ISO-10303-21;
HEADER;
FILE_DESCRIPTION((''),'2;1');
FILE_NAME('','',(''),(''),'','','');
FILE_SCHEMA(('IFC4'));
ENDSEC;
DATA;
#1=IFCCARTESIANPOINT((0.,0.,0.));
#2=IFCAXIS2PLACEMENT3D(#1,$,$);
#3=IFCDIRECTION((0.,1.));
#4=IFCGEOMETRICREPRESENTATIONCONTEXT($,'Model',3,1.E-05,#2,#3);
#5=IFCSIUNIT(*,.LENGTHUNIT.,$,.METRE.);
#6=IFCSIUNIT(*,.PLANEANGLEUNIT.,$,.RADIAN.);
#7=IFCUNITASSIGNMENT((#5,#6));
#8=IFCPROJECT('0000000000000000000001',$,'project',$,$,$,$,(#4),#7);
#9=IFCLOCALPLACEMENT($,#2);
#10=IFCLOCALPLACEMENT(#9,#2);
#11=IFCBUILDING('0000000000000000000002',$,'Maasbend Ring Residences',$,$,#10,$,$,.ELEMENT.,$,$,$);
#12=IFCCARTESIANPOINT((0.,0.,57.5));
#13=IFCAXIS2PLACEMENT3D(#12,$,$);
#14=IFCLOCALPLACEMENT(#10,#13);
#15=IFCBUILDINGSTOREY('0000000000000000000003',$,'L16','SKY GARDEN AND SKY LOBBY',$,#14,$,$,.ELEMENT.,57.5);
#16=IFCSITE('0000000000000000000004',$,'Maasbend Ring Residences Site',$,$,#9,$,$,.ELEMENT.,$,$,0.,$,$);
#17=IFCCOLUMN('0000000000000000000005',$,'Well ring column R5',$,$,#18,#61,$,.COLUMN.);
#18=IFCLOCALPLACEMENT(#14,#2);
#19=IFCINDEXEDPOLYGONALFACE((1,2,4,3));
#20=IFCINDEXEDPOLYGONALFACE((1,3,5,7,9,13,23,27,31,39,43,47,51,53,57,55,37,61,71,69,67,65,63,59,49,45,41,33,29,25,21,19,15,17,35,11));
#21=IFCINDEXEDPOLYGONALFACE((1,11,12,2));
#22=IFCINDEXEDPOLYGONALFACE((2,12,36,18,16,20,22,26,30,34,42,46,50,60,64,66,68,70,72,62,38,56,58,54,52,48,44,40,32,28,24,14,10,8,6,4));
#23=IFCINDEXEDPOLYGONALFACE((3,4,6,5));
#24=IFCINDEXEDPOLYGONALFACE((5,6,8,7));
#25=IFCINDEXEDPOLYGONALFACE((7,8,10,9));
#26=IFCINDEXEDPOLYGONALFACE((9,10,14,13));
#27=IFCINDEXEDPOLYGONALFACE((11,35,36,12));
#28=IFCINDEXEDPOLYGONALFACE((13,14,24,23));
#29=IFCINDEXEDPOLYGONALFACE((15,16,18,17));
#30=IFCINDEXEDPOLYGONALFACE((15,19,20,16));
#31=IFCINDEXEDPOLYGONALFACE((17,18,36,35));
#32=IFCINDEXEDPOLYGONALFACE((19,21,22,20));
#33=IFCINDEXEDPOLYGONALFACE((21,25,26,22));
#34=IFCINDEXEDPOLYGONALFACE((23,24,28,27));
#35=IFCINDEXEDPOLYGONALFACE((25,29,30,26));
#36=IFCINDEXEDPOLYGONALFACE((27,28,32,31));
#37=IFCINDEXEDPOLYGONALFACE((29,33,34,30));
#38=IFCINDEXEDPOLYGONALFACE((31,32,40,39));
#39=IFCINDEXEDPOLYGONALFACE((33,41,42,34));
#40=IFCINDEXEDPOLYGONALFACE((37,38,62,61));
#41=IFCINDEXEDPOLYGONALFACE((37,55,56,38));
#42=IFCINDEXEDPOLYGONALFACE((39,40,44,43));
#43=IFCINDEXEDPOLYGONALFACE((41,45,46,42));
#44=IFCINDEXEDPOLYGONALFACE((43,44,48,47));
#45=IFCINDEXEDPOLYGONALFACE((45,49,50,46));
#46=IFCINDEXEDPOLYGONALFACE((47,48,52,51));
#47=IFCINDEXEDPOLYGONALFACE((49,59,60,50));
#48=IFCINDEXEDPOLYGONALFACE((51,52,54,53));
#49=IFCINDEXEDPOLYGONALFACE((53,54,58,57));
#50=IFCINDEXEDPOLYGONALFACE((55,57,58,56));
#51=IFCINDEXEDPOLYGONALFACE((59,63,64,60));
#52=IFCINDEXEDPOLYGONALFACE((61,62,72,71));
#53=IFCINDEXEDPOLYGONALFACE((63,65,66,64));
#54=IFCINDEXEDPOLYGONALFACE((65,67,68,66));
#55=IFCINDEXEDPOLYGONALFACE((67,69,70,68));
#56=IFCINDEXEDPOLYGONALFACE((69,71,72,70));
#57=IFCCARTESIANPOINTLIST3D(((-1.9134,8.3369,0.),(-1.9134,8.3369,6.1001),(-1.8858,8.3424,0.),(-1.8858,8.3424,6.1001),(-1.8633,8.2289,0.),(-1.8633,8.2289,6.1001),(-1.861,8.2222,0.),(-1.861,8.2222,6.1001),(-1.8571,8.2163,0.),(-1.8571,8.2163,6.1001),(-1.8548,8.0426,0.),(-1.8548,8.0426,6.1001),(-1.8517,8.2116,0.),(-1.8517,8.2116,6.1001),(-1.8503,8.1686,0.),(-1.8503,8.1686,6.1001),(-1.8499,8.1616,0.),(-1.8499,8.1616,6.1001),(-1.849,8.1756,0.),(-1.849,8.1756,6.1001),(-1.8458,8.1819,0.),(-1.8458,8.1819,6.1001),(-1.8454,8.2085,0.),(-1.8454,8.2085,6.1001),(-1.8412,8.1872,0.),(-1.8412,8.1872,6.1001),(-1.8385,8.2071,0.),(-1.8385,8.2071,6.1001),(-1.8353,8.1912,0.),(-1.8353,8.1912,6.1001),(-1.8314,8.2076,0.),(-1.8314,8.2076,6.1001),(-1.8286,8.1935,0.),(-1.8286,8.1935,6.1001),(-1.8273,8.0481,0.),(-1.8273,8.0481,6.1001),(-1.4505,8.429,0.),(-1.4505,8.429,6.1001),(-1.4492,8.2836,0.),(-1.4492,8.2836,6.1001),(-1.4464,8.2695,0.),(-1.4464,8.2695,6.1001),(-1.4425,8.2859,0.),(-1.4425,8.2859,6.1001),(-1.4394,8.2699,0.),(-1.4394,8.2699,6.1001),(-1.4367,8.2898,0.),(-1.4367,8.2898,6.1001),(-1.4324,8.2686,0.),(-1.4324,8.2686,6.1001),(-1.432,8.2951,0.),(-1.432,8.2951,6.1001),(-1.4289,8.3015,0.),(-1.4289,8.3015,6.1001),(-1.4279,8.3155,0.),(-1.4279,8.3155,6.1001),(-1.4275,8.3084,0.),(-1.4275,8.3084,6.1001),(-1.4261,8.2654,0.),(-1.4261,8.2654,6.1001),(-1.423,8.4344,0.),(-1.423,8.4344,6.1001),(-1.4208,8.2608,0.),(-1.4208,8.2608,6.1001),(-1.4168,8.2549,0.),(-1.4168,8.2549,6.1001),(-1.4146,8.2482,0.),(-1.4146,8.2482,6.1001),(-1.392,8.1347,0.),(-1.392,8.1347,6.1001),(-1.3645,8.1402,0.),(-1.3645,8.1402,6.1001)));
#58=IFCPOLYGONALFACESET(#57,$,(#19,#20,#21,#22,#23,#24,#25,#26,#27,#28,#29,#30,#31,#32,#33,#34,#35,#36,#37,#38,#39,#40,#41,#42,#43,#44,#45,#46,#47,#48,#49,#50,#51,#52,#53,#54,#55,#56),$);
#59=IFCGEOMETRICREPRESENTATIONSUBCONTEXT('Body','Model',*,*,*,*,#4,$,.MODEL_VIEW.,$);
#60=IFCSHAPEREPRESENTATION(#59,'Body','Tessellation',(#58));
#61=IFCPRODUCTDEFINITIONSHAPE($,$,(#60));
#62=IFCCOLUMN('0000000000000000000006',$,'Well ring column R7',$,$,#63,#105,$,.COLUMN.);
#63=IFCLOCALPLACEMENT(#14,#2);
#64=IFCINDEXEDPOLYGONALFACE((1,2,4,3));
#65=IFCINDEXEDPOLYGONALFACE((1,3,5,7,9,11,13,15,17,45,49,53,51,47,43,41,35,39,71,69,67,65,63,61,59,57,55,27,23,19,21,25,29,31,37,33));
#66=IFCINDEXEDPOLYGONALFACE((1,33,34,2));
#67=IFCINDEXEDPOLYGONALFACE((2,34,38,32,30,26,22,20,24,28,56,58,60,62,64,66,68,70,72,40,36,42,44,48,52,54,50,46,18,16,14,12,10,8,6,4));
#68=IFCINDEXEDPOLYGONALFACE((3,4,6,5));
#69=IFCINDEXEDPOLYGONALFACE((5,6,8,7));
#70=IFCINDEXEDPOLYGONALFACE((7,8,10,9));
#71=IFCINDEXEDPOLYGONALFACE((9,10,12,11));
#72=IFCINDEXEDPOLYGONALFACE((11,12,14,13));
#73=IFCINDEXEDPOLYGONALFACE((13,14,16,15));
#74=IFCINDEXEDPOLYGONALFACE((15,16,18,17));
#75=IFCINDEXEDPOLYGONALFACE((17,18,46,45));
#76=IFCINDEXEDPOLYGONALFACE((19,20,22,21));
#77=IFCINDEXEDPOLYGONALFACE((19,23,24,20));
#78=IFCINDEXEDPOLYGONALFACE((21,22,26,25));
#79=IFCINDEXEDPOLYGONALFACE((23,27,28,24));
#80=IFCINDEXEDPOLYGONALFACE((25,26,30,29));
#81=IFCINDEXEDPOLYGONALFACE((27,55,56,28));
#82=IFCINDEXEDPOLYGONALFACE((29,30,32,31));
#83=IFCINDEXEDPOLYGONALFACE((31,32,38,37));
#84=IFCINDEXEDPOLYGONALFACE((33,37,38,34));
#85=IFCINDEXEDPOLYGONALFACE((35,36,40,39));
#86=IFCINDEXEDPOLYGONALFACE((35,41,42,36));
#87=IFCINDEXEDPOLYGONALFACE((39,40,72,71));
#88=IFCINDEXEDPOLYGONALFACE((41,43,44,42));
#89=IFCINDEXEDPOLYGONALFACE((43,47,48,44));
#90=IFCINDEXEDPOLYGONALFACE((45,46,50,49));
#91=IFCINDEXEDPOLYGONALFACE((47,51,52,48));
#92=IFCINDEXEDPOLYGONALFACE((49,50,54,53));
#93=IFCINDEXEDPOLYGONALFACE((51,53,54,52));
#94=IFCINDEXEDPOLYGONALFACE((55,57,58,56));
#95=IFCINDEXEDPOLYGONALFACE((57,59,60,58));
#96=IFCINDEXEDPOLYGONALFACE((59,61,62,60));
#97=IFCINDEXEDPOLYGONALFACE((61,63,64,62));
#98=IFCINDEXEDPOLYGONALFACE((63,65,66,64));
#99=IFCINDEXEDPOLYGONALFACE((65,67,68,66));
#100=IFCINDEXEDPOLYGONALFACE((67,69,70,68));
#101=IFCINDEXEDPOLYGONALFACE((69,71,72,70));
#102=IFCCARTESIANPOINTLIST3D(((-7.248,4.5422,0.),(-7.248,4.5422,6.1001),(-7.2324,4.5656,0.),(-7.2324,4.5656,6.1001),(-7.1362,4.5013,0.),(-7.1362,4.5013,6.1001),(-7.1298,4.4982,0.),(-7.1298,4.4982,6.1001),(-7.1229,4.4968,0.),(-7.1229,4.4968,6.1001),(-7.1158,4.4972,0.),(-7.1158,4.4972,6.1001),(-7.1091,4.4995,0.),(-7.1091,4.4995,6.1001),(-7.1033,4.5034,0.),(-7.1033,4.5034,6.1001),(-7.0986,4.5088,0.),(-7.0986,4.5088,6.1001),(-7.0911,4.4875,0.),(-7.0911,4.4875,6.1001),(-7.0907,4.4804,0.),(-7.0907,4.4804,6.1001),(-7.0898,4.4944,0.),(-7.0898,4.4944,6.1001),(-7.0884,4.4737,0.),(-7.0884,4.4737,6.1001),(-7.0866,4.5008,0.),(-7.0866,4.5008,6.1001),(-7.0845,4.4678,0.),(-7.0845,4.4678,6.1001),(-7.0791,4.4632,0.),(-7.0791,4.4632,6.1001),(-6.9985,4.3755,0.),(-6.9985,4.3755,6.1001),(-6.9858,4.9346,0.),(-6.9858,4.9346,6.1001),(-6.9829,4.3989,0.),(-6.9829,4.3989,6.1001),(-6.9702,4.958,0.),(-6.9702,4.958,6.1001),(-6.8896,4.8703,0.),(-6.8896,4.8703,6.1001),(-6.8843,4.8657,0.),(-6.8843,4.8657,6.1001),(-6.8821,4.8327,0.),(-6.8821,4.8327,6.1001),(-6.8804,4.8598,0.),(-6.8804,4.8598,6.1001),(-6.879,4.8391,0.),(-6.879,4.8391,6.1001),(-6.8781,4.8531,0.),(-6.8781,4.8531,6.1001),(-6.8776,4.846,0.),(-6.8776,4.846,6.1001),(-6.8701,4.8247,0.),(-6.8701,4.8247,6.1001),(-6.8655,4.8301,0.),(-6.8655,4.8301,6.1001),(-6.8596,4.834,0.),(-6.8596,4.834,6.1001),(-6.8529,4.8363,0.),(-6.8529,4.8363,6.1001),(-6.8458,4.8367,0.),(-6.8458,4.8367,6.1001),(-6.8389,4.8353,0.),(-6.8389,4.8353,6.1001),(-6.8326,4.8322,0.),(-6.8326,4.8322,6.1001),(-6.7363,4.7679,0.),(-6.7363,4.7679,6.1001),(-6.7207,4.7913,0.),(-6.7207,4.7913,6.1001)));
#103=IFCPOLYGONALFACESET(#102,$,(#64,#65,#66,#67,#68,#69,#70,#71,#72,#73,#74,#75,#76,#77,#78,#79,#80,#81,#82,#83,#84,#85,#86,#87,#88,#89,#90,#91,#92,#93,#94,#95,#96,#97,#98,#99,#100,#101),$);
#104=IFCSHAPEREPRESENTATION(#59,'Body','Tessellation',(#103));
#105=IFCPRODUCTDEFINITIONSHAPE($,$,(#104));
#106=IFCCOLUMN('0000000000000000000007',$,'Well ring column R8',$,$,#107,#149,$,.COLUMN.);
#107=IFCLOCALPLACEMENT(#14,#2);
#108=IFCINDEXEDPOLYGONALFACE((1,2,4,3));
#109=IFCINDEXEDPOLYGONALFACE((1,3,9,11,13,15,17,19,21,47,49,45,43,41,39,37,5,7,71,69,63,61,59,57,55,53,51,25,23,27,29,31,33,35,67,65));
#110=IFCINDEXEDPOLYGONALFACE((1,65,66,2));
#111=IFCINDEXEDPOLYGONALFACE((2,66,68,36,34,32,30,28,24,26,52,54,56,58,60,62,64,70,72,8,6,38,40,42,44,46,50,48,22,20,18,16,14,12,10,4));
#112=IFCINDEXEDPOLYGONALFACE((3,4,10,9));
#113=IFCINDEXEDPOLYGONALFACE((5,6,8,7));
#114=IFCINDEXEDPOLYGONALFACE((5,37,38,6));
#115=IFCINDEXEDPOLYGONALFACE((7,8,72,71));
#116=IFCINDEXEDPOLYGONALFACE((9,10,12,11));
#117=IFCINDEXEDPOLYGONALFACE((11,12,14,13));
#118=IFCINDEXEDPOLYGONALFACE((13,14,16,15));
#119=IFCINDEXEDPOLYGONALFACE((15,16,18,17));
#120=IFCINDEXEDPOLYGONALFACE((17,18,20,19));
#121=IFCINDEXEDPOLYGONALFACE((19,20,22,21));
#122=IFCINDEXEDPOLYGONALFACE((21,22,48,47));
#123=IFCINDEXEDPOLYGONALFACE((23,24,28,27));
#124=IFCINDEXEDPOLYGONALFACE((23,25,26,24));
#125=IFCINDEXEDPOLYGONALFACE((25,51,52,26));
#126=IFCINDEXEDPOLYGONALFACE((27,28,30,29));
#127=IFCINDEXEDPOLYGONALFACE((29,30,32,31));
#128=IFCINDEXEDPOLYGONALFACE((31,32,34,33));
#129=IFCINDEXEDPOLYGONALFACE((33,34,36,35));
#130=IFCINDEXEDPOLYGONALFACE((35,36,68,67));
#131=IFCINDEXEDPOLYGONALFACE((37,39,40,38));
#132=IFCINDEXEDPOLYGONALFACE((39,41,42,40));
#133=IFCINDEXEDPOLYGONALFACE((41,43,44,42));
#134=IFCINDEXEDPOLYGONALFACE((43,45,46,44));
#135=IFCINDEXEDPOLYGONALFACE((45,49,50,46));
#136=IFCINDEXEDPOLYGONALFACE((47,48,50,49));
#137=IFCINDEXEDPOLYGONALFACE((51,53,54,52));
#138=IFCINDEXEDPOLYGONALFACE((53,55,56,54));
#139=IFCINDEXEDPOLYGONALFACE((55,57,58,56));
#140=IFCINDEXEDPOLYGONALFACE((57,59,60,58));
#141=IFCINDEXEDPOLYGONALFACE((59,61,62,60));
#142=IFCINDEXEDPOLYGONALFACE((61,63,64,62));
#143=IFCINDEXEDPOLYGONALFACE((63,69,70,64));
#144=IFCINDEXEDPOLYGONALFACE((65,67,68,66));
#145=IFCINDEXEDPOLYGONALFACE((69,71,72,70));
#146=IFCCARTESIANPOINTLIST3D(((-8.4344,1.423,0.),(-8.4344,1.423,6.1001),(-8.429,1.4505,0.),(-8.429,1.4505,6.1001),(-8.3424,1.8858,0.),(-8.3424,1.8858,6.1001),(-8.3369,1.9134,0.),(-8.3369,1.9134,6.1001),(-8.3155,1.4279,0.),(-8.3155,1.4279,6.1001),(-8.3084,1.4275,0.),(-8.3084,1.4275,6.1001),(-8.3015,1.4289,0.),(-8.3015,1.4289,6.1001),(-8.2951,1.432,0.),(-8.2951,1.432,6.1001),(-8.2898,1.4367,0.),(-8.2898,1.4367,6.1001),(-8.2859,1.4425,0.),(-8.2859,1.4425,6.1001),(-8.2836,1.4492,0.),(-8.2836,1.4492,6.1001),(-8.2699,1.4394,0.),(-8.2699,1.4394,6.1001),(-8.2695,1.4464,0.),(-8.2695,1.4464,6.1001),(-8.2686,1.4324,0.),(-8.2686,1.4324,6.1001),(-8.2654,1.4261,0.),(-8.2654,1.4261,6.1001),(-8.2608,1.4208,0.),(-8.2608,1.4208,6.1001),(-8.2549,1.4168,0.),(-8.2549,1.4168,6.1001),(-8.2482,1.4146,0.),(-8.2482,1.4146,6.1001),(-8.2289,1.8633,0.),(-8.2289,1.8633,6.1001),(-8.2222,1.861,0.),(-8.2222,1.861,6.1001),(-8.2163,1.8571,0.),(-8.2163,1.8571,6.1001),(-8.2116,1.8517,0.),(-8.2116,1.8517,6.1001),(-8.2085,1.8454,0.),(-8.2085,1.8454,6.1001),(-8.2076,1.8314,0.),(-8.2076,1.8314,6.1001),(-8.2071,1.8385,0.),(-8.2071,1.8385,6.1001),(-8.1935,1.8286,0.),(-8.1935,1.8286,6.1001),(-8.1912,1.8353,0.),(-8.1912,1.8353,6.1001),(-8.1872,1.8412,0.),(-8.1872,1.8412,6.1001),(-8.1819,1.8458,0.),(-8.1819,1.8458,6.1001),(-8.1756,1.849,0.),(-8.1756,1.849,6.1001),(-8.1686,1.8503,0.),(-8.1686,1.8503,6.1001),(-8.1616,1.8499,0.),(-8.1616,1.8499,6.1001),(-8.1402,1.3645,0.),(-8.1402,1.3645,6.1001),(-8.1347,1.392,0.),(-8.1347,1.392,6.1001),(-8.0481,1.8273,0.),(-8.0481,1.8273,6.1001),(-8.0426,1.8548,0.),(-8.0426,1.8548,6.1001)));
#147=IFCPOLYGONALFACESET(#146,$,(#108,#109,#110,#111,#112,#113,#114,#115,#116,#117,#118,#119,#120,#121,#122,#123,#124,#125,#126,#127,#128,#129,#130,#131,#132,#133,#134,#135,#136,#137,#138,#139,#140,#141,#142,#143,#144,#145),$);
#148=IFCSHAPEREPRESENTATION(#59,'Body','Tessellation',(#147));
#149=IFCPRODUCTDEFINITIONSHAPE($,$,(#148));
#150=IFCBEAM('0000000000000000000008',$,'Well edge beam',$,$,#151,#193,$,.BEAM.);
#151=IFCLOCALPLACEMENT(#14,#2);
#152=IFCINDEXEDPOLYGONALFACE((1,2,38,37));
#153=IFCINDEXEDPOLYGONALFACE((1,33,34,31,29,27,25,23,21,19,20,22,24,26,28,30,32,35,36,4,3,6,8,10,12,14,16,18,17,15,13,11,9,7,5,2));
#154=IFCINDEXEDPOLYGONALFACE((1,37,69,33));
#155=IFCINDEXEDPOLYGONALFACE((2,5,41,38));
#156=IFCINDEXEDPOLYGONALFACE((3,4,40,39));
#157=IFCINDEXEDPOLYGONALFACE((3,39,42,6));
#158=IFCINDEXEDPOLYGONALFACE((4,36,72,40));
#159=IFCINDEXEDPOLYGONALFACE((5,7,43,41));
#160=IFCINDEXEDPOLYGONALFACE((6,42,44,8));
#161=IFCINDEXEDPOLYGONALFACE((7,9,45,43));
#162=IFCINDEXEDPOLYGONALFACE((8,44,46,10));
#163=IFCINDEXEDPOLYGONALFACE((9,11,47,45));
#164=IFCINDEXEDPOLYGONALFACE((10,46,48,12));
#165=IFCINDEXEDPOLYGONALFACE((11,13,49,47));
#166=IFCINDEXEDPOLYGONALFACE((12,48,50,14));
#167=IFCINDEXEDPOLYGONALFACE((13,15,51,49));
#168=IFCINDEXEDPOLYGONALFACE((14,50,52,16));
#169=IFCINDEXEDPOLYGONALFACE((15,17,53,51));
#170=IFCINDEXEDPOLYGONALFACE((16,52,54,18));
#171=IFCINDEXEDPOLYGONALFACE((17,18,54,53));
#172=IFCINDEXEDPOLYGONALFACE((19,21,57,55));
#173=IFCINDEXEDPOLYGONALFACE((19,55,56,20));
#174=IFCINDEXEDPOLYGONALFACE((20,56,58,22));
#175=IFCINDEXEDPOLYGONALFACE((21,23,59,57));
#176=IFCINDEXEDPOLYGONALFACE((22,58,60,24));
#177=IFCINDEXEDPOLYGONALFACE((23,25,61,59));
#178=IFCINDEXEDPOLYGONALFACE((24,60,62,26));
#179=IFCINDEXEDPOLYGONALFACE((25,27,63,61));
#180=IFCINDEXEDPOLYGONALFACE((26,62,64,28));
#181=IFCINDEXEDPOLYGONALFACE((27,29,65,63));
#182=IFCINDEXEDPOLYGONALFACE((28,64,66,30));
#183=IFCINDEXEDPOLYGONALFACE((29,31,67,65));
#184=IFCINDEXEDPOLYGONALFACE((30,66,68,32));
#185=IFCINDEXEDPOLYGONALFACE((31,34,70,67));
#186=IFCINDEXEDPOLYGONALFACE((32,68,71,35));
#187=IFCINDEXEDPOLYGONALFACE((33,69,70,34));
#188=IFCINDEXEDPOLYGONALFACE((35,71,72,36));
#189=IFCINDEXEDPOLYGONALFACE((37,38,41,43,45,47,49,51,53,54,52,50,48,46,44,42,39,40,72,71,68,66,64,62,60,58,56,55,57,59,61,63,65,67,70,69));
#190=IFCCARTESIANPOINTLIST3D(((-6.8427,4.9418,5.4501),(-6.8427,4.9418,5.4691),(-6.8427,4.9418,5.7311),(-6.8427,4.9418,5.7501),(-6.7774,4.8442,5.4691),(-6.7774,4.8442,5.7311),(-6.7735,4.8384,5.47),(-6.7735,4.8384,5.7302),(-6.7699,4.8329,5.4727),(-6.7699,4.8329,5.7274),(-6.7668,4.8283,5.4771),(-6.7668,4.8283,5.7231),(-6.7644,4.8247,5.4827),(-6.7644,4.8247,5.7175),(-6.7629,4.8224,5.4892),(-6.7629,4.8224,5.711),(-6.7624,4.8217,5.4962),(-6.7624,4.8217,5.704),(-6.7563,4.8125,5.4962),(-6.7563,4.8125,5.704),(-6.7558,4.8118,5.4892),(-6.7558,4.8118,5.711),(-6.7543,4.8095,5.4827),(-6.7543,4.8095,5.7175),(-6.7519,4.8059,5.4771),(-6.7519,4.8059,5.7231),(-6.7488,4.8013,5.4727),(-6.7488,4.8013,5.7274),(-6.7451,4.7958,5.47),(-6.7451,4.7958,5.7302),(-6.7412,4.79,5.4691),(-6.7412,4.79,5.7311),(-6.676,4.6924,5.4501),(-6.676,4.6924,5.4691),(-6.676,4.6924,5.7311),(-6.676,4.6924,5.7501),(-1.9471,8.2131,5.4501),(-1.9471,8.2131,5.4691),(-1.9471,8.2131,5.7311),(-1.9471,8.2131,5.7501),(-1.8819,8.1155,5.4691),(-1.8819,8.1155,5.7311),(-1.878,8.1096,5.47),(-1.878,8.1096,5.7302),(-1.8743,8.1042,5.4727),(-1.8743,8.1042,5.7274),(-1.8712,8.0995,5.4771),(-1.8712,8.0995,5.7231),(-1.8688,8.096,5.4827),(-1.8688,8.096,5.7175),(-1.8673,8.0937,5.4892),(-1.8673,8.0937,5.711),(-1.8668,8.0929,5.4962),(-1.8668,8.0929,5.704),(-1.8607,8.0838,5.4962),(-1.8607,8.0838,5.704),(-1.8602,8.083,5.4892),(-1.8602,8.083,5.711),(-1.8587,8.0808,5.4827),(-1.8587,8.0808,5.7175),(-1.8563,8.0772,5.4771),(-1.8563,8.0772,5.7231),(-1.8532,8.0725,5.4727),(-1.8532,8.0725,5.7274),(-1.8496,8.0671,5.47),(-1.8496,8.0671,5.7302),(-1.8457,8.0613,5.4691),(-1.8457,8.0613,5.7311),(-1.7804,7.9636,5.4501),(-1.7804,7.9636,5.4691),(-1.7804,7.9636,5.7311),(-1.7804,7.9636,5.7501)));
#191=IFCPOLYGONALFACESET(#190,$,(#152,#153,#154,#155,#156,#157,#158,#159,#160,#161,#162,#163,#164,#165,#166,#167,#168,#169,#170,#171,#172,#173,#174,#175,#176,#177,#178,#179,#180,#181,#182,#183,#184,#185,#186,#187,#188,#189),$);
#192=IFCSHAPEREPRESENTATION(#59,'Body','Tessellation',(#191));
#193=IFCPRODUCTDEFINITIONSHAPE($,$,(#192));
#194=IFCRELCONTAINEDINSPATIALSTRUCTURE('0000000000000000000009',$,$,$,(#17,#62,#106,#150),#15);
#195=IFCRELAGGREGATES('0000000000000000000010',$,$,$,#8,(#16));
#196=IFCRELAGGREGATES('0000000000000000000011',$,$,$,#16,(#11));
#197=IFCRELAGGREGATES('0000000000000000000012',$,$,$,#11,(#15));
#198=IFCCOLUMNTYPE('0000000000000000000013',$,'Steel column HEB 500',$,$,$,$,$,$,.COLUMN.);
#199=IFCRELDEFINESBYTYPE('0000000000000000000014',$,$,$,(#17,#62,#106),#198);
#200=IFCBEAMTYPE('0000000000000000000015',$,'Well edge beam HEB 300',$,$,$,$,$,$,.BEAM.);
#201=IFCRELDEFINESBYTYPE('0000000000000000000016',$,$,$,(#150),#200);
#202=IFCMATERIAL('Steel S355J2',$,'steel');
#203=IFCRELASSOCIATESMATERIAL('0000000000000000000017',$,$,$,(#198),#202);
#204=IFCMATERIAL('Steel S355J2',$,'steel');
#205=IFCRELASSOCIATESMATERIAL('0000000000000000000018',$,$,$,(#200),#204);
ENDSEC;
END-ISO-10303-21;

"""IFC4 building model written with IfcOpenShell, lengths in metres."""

from ifc_helpers import new_model, si_unit, direction, frame, origin, origin_2d, place, context, subcontext, project, spatial, i_section, extrude, material, material_profile, profile_set, type_object, element, save


model = new_model("IFC4")

# Units and contexts
model_context = context("Model", 3, precision=1e-05, world=origin(), true_north=direction((0.0, 1.0)))
body_context = subcontext(model_context, "Body", "Model", "MODEL_VIEW")
ifc_project = project(units=[si_unit("LENGTHUNIT", "METRE"), si_unit("PLANEANGLEUNIT", "RADIAN")], contexts=[model_context])

# Site, building, storey
site_placement = place(None, origin())
site = spatial("IfcSite", under=ifc_project, at=site_placement, Name="Maasbend Ring Residences Site", CompositionType="ELEMENT", RefElevation=0.0)
building_placement = place(site_placement, origin())
building = spatial("IfcBuilding", under=site, at=building_placement, Name="Maasbend Ring Residences", CompositionType="ELEMENT")
storey_placement = place(building_placement, frame((0.0, 0.0, 57.5)))
storey = spatial("IfcBuildingStorey", under=building, at=storey_placement, Name="L16", Description="SKY GARDEN AND SKY LOBBY", CompositionType="ELEMENT", Elevation=57.5)

# Columns
ifc_material_1 = material(Name="Steel S355J2", Category="steel")
ifc_material_profile_1 = material_profile(ifc_material_1, i_section(OverallWidth=0.3, OverallDepth=0.5, WebThickness=0.0144, FlangeThickness=0.0281, FilletRadius=0.0271, at=origin_2d()), Name="HEB 500")
ifc_profile_set_1 = profile_set([ifc_material_profile_1], Name="Steel S355J2")
column_type = type_object("IfcColumnType", Name="Steel column HEB 500", PredefinedType="COLUMN", material=ifc_profile_set_1)
for number, where, z_axis, x_axis, name in (
    (1, (-1.6389, 8.2385, 0.0), (0.0, 0.0, 1.0), (-0.19509, 0.980785, 0.0), "Well ring column R5"),
    (2, (-6.9844, 4.6667, 0.0), (0.0, 0.0, 1.0), (-0.83147, 0.55557, 0.0), "Well ring column R7"),
    (3, (-8.2385, 1.6389, 0.0), (0.0, 0.0, 1.0), (-0.980785, 0.19509, 0.0), "Well ring column R8"),
):
    element("IfcColumn", number, at=place(storey_placement, frame(where, z_axis=z_axis, x_axis=x_axis)), inside=storey, type_object=column_type, Name=name, PredefinedType="COLUMN", context=body_context, shape_type="SweptSolid", body=[
        extrude(i_section(OverallWidth=0.3, OverallDepth=0.5, WebThickness=0.0144, FlangeThickness=0.0281, FilletRadius=0.0271, at=origin_2d()), origin(), (0.0, 0.0, 1.0), 6.1001),
    ])

# Beam
ifc_material_2 = material(Name="Steel S355J2", Category="steel")
ifc_material_profile_2 = material_profile(ifc_material_2, i_section(OverallWidth=0.3, OverallDepth=0.3, WebThickness=0.011, FlangeThickness=0.019, FilletRadius=0.0271, at=origin_2d()), Name="HEB 300")
ifc_profile_set_2 = profile_set([ifc_material_profile_2], Name="Steel S355J2")
beam_type = type_object("IfcBeamType", Name="Well edge beam HEB 300", PredefinedType="BEAM", material=ifc_profile_set_2)
beam_1_placement = place(storey_placement, frame((-1.8638, 8.0884, 5.6001), z_axis=(-0.831457, -0.55559, 0.0), x_axis=(0.55559, -0.831457, 0.0)))
element("IfcBeam", 4, at=beam_1_placement, inside=storey, type_object=beam_type, Name="Well edge beam", PredefinedType="BEAM", context=body_context, shape_type="SweptSolid", body=[
    extrude(i_section(OverallWidth=0.3, OverallDepth=0.3, WebThickness=0.011, FlangeThickness=0.019, FilletRadius=0.0271, at=origin_2d()), origin(), (0.0, 0.0, 1.0), 5.8879),
])

save(model, "model.ifc")
